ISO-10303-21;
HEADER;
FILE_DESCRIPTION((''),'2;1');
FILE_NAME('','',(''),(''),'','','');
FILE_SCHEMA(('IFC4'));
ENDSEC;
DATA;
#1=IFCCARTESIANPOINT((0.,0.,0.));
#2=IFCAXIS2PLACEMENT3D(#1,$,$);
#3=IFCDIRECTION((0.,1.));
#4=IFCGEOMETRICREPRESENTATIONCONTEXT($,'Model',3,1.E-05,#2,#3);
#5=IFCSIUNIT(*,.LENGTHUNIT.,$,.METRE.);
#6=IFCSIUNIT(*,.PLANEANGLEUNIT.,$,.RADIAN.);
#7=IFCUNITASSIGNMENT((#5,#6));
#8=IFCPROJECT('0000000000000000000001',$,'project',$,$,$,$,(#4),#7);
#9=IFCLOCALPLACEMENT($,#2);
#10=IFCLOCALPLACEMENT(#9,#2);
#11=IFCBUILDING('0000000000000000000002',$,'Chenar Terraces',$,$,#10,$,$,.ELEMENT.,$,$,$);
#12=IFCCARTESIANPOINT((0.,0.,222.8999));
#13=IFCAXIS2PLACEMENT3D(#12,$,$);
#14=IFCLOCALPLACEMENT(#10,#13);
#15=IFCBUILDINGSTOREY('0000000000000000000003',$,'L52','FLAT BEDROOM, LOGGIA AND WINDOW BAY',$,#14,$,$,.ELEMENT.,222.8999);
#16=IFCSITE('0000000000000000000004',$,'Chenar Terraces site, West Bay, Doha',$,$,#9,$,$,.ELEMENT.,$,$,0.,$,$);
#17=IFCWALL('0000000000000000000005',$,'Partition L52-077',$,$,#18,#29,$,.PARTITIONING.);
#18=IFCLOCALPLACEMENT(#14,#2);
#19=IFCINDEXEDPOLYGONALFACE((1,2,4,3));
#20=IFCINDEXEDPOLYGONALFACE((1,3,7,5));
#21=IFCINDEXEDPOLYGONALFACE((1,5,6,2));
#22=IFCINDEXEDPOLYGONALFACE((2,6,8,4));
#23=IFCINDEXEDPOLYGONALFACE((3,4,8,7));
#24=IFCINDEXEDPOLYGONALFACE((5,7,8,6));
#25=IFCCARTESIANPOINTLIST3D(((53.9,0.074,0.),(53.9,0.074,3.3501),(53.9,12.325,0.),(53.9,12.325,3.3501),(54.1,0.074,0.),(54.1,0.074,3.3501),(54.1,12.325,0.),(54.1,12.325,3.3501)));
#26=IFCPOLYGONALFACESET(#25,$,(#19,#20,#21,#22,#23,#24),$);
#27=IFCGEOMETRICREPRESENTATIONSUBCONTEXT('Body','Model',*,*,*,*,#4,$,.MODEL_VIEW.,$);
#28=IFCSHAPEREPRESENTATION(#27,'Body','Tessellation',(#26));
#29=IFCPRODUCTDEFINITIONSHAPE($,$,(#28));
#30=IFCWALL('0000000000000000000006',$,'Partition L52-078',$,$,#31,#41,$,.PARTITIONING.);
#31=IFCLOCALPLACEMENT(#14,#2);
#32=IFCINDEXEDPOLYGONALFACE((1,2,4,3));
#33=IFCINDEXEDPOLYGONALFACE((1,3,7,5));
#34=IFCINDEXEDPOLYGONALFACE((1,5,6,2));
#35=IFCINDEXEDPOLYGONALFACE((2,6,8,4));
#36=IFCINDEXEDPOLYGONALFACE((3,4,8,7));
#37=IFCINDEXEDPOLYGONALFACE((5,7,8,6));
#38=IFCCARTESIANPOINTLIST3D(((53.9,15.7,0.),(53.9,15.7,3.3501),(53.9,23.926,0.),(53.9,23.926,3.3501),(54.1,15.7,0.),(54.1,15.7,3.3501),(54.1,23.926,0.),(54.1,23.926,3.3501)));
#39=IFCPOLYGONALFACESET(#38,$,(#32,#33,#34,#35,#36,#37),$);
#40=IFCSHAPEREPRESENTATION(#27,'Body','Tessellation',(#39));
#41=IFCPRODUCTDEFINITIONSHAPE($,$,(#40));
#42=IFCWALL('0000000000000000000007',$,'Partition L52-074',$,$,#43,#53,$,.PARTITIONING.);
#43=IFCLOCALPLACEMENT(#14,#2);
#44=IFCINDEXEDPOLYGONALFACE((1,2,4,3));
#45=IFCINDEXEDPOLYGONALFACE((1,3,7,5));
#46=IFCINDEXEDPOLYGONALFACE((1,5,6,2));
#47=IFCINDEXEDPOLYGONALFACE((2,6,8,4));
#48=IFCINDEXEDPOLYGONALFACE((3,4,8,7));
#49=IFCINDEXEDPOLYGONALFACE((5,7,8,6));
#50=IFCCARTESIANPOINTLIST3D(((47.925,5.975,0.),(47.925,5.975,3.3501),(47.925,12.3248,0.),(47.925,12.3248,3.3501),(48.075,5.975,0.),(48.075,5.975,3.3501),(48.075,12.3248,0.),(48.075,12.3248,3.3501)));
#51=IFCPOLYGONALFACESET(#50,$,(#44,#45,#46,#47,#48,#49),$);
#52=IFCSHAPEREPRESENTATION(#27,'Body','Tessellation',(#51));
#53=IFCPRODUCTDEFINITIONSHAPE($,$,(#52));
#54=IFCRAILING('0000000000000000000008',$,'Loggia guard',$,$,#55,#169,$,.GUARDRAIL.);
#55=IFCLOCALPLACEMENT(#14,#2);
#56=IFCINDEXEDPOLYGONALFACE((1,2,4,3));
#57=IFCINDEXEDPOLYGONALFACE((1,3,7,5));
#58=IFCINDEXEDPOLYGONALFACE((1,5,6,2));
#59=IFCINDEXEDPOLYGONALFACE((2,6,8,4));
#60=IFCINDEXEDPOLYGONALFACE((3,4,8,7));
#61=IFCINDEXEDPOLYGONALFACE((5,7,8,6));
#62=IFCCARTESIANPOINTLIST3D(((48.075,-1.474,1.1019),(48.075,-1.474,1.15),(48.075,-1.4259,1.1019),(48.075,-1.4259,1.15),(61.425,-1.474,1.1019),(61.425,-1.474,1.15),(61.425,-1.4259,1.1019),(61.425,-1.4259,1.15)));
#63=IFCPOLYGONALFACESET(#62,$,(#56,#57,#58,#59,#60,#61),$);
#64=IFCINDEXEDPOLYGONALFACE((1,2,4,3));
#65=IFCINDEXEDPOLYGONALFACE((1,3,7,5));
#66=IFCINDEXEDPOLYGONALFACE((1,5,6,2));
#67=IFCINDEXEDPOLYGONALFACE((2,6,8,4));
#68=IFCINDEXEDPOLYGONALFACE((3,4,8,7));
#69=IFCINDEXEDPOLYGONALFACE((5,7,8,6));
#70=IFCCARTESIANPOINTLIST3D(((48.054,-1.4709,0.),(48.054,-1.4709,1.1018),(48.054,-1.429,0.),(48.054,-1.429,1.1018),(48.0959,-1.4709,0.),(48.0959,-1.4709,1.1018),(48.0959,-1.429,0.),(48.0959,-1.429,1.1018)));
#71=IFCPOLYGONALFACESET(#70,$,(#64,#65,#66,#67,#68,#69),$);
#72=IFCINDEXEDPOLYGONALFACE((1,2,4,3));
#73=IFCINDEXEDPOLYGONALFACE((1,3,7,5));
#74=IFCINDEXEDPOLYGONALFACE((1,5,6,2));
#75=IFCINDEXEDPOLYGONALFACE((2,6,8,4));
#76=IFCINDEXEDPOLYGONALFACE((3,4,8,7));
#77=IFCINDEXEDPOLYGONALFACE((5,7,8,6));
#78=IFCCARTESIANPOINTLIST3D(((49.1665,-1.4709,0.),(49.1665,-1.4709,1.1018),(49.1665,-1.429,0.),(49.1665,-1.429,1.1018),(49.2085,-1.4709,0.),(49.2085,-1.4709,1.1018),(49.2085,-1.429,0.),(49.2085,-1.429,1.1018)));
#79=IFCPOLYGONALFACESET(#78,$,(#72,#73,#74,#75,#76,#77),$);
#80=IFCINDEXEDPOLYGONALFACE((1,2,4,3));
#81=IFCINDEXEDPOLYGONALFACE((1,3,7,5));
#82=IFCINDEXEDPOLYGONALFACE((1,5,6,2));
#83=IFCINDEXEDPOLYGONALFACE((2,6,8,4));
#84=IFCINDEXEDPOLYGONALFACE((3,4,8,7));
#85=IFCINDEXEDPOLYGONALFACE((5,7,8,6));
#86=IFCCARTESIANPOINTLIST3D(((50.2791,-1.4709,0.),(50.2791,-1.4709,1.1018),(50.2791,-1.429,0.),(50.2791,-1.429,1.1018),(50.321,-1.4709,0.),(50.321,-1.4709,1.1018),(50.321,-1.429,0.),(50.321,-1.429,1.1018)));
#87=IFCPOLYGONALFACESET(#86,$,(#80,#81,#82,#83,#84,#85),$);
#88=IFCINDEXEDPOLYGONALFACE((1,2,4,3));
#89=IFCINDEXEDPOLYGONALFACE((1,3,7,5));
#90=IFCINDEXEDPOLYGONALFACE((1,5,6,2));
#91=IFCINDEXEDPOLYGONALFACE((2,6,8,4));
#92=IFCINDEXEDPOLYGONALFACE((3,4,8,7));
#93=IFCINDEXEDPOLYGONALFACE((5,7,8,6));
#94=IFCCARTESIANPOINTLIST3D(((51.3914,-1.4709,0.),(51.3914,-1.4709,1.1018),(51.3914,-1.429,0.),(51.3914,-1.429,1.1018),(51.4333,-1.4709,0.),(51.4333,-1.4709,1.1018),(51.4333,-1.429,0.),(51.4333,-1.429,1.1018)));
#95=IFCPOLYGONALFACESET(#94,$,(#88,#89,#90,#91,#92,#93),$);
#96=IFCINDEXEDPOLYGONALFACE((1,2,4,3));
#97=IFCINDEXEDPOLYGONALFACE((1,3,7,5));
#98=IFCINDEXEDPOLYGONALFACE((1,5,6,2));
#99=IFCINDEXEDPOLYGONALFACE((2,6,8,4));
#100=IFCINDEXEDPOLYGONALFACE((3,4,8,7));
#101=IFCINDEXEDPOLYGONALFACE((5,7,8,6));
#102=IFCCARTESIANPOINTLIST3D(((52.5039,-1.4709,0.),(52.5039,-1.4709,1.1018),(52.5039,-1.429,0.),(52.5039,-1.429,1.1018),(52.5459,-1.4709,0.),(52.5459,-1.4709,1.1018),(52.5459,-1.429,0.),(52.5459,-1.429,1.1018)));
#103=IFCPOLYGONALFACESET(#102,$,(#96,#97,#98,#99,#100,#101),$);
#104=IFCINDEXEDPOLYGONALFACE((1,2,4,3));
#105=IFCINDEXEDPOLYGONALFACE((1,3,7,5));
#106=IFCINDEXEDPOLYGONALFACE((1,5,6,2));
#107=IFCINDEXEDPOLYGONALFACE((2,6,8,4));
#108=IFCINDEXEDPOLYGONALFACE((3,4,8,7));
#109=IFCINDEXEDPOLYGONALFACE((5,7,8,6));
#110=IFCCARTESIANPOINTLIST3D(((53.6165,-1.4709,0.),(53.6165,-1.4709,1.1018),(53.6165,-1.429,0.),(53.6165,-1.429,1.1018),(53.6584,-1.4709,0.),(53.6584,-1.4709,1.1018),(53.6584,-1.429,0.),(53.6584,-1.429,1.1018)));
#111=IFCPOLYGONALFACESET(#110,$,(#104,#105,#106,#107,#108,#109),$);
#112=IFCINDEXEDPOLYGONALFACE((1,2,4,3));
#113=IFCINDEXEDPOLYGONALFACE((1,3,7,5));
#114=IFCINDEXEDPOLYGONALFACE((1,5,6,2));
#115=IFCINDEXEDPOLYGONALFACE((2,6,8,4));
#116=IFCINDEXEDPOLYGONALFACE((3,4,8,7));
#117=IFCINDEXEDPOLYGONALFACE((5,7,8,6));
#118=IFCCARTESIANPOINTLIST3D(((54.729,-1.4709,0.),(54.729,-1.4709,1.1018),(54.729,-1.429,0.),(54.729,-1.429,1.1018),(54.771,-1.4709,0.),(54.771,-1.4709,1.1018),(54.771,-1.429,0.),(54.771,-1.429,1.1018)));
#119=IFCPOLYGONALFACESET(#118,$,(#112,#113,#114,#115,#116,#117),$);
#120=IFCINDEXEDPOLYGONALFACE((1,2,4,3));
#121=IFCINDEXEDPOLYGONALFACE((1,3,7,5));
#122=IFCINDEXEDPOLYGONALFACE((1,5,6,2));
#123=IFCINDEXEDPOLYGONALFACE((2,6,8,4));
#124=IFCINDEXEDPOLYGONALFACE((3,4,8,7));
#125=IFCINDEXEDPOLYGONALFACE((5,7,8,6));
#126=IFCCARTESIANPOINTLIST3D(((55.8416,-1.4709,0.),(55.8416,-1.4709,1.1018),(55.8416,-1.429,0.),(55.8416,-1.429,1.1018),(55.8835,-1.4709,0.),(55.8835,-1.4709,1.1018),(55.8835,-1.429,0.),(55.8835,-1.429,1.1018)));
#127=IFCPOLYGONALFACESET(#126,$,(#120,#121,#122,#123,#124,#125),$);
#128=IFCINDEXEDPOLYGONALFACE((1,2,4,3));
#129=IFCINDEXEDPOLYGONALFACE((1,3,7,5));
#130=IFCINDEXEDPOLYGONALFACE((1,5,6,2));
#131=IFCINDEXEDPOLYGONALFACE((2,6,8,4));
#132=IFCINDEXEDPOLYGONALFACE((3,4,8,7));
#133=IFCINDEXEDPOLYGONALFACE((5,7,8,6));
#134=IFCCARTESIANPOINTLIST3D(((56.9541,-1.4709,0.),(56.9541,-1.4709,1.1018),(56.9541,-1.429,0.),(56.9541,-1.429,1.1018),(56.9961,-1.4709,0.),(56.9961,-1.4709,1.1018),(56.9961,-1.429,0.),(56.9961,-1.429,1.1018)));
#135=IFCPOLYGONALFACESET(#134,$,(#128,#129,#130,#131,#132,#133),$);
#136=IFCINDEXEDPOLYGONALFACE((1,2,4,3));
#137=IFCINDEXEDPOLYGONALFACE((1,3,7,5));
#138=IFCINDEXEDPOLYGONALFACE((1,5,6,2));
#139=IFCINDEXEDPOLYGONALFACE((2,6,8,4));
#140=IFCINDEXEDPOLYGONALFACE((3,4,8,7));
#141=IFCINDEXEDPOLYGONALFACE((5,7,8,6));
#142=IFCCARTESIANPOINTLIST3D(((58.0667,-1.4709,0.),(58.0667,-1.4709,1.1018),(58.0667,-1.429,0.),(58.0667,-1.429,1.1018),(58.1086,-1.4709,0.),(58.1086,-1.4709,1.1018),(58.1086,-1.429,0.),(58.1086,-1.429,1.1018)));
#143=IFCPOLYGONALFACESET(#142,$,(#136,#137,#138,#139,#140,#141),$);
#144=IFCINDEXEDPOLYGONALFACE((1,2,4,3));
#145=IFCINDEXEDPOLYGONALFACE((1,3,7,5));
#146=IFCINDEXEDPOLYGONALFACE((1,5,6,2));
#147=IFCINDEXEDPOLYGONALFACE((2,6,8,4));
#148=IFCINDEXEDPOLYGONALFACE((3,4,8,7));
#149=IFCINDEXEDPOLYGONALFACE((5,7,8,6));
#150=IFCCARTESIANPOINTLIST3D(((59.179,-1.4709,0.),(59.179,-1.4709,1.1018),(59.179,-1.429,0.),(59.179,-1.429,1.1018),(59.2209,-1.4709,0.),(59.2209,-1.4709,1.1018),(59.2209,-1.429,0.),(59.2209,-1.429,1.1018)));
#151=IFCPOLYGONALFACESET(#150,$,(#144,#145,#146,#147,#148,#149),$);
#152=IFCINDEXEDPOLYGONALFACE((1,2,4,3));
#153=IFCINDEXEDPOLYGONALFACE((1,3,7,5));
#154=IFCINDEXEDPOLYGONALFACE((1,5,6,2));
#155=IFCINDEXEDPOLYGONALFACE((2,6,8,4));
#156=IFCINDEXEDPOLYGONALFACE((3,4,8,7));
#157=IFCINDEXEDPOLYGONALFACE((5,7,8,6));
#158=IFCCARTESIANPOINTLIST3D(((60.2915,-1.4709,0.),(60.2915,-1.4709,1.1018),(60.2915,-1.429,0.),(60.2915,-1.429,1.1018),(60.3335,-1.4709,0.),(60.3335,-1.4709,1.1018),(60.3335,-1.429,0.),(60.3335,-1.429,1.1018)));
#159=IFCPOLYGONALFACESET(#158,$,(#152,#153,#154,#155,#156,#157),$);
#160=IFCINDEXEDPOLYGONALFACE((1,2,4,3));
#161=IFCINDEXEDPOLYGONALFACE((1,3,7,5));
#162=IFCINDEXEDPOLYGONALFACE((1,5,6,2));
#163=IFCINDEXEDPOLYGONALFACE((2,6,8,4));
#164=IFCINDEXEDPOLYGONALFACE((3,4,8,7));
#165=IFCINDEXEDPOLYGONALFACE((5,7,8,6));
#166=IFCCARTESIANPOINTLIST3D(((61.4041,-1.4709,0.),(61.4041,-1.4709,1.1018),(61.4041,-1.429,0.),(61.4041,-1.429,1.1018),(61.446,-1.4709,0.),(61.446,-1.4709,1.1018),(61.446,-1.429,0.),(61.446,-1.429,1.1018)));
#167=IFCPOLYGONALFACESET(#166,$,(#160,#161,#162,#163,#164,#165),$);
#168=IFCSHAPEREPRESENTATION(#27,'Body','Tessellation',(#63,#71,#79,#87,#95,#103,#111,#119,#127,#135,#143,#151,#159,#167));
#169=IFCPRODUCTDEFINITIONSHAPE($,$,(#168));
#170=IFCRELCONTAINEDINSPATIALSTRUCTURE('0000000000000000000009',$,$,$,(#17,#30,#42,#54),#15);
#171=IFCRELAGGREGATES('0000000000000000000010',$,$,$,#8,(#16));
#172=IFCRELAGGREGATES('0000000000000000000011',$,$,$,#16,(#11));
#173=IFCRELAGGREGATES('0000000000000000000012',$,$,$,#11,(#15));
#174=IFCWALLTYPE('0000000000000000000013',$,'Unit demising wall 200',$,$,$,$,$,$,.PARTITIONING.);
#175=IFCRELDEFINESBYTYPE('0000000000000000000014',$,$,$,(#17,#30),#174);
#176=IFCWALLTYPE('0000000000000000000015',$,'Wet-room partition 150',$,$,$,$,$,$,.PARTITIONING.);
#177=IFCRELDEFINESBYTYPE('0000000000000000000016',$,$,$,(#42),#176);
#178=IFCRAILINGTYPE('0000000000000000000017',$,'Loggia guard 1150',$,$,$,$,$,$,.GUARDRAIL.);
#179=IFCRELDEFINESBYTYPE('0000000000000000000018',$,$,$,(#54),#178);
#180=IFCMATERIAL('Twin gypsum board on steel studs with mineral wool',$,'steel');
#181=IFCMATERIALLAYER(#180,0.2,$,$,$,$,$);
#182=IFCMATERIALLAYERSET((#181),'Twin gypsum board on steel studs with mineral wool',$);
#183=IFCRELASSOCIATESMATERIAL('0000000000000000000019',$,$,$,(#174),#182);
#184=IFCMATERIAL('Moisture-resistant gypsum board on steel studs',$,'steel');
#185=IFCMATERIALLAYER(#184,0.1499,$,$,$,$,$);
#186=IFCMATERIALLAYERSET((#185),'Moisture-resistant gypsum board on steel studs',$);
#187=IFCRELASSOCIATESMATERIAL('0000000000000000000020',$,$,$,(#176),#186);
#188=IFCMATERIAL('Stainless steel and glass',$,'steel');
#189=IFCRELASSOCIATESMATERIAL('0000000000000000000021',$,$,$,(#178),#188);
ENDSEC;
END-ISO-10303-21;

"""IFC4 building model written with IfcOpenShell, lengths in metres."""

from ifc_helpers import new_model, si_unit, direction, frame, frame_2d, origin, origin_2d, place, context, subcontext, project, spatial, rectangle, extrude, material, layer, layer_set, type_object, element, save


model = new_model("IFC4")

# Units and contexts
model_context = context("Model", 3, precision=1e-05, world=origin(), true_north=direction((0.0, 1.0)))
body_context = subcontext(model_context, "Body", "Model", "MODEL_VIEW")
ifc_project = project(units=[si_unit("LENGTHUNIT", "METRE"), si_unit("PLANEANGLEUNIT", "RADIAN")], contexts=[model_context])

# Site, building, storey
site_placement = place(None, origin())
site = spatial("IfcSite", under=ifc_project, at=site_placement, Name="Chenar Terraces site, West Bay, Doha", CompositionType="ELEMENT", RefElevation=0.0)
building_placement = place(site_placement, origin())
building = spatial("IfcBuilding", under=site, at=building_placement, Name="Chenar Terraces", CompositionType="ELEMENT")
storey_placement = place(building_placement, frame((0.0, 0.0, 222.8999)))
storey = spatial("IfcBuildingStorey", under=building, at=storey_placement, Name="L52", Description="FLAT BEDROOM, LOGGIA AND WINDOW BAY", CompositionType="ELEMENT", Elevation=222.8999)

# Walls
ifc_material_1 = material(Name="Twin gypsum board on steel studs with mineral wool", Category="steel")
ifc_layer_1 = layer(ifc_material_1, 0.2)
ifc_layer_set_1 = layer_set([ifc_layer_1], Name="Twin gypsum board on steel studs with mineral wool")
wall_type_1 = type_object("IfcWallType", Name="Unit demising wall 200", PredefinedType="PARTITIONING", material=ifc_layer_set_1)
wall_1_placement = place(storey_placement, frame((54.0, 0.074, 0.0), z_axis=(0.0, 0.0, 1.0), x_axis=(0.0, 1.0, 0.0)))
element("IfcWall", 1, at=wall_1_placement, inside=storey, type_object=wall_type_1, Name="Partition L52-077", PredefinedType="PARTITIONING", context=body_context, shape_type="SweptSolid", body=[
    extrude(rectangle(XDim=12.251, YDim=0.2, at=frame_2d((6.1255, 0.0))), origin(), (0.0, 0.0, 1.0), 3.3501),
])
wall_2_placement = place(storey_placement, frame((54.0, 15.7, 0.0), z_axis=(0.0, 0.0, 1.0), x_axis=(0.0, 1.0, 0.0)))
element("IfcWall", 2, at=wall_2_placement, inside=storey, type_object=wall_type_1, Name="Partition L52-078", PredefinedType="PARTITIONING", context=body_context, shape_type="SweptSolid", body=[
    extrude(rectangle(XDim=8.2261, YDim=0.2, at=frame_2d((4.113, 0.0))), origin(), (0.0, 0.0, 1.0), 3.3501),
])
ifc_material_2 = material(Name="Moisture-resistant gypsum board on steel studs", Category="steel")
ifc_layer_2 = layer(ifc_material_2, 0.1499)
ifc_layer_set_2 = layer_set([ifc_layer_2], Name="Moisture-resistant gypsum board on steel studs")
wall_type_2 = type_object("IfcWallType", Name="Wet-room partition 150", PredefinedType="PARTITIONING", material=ifc_layer_set_2)
wall_3_placement = place(storey_placement, frame((48.0, 5.9751, 0.0), z_axis=(0.0, 0.0, 1.0), x_axis=(0.0, 1.0, 0.0)))
element("IfcWall", 3, at=wall_3_placement, inside=storey, type_object=wall_type_2, Name="Partition L52-074", PredefinedType="PARTITIONING", context=body_context, shape_type="SweptSolid", body=[
    extrude(rectangle(XDim=6.3499, YDim=0.1499, at=frame_2d((3.1748, 0.0))), origin(), (0.0, 0.0, 1.0), 3.3501),
])

# Railing
ifc_material_3 = material(Name="Stainless steel and glass", Category="steel")
railing_type = type_object("IfcRailingType", Name="Loggia guard 1150", PredefinedType="GUARDRAIL", material=ifc_material_3)
railing_placement = place(storey_placement, frame((48.075, -1.45, 0.0)))
element("IfcRailing", 4, at=railing_placement, inside=storey, type_object=railing_type, Name="Loggia guard", PredefinedType="GUARDRAIL", context=body_context, shape_type="SweptSolid", body=[
    extrude(rectangle(XDim=0.0481, YDim=0.0481, at=origin_2d()), frame((0.0, 0.0, 1.126), z_axis=(1.0, 0.0, 0.0), x_axis=(0.0, 1.0, 0.0)), (0.0, 0.0, 1.0), 13.3501),
    extrude(rectangle(XDim=0.042, YDim=0.042, at=origin_2d()), origin(), (0.0, 0.0, 1.0), 1.1018),
    extrude(rectangle(XDim=0.042, YDim=0.042, at=origin_2d()), frame((1.1125, 0.0, 0.0)), (0.0, 0.0, 1.0), 1.1018),
    extrude(rectangle(XDim=0.042, YDim=0.042, at=origin_2d()), frame((2.2251, 0.0, 0.0)), (0.0, 0.0, 1.0), 1.1018),
    extrude(rectangle(XDim=0.042, YDim=0.042, at=origin_2d()), frame((3.3374, 0.0, 0.0)), (0.0, 0.0, 1.0), 1.1018),
    extrude(rectangle(XDim=0.042, YDim=0.042, at=origin_2d()), frame((4.45, 0.0, 0.0)), (0.0, 0.0, 1.0), 1.1018),
    extrude(rectangle(XDim=0.042, YDim=0.042, at=origin_2d()), frame((5.5625, 0.0, 0.0)), (0.0, 0.0, 1.0), 1.1018),
    extrude(rectangle(XDim=0.042, YDim=0.042, at=origin_2d()), frame((6.675, 0.0, 0.0)), (0.0, 0.0, 1.0), 1.1018),
    extrude(rectangle(XDim=0.042, YDim=0.042, at=origin_2d()), frame((7.7876, 0.0, 0.0)), (0.0, 0.0, 1.0), 1.1018),
    extrude(rectangle(XDim=0.042, YDim=0.042, at=origin_2d()), frame((8.9001, 0.0, 0.0)), (0.0, 0.0, 1.0), 1.1018),
    extrude(rectangle(XDim=0.042, YDim=0.042, at=origin_2d()), frame((10.0127, 0.0, 0.0)), (0.0, 0.0, 1.0), 1.1018),
    extrude(rectangle(XDim=0.042, YDim=0.042, at=origin_2d()), frame((11.125, 0.0, 0.0)), (0.0, 0.0, 1.0), 1.1018),
    extrude(rectangle(XDim=0.042, YDim=0.042, at=origin_2d()), frame((12.2375, 0.0, 0.0)), (0.0, 0.0, 1.0), 1.1018),
    extrude(rectangle(XDim=0.042, YDim=0.042, at=origin_2d()), frame((13.3501, 0.0, 0.0)), (0.0, 0.0, 1.0), 1.1018),
])

save(model, "model.ifc")
